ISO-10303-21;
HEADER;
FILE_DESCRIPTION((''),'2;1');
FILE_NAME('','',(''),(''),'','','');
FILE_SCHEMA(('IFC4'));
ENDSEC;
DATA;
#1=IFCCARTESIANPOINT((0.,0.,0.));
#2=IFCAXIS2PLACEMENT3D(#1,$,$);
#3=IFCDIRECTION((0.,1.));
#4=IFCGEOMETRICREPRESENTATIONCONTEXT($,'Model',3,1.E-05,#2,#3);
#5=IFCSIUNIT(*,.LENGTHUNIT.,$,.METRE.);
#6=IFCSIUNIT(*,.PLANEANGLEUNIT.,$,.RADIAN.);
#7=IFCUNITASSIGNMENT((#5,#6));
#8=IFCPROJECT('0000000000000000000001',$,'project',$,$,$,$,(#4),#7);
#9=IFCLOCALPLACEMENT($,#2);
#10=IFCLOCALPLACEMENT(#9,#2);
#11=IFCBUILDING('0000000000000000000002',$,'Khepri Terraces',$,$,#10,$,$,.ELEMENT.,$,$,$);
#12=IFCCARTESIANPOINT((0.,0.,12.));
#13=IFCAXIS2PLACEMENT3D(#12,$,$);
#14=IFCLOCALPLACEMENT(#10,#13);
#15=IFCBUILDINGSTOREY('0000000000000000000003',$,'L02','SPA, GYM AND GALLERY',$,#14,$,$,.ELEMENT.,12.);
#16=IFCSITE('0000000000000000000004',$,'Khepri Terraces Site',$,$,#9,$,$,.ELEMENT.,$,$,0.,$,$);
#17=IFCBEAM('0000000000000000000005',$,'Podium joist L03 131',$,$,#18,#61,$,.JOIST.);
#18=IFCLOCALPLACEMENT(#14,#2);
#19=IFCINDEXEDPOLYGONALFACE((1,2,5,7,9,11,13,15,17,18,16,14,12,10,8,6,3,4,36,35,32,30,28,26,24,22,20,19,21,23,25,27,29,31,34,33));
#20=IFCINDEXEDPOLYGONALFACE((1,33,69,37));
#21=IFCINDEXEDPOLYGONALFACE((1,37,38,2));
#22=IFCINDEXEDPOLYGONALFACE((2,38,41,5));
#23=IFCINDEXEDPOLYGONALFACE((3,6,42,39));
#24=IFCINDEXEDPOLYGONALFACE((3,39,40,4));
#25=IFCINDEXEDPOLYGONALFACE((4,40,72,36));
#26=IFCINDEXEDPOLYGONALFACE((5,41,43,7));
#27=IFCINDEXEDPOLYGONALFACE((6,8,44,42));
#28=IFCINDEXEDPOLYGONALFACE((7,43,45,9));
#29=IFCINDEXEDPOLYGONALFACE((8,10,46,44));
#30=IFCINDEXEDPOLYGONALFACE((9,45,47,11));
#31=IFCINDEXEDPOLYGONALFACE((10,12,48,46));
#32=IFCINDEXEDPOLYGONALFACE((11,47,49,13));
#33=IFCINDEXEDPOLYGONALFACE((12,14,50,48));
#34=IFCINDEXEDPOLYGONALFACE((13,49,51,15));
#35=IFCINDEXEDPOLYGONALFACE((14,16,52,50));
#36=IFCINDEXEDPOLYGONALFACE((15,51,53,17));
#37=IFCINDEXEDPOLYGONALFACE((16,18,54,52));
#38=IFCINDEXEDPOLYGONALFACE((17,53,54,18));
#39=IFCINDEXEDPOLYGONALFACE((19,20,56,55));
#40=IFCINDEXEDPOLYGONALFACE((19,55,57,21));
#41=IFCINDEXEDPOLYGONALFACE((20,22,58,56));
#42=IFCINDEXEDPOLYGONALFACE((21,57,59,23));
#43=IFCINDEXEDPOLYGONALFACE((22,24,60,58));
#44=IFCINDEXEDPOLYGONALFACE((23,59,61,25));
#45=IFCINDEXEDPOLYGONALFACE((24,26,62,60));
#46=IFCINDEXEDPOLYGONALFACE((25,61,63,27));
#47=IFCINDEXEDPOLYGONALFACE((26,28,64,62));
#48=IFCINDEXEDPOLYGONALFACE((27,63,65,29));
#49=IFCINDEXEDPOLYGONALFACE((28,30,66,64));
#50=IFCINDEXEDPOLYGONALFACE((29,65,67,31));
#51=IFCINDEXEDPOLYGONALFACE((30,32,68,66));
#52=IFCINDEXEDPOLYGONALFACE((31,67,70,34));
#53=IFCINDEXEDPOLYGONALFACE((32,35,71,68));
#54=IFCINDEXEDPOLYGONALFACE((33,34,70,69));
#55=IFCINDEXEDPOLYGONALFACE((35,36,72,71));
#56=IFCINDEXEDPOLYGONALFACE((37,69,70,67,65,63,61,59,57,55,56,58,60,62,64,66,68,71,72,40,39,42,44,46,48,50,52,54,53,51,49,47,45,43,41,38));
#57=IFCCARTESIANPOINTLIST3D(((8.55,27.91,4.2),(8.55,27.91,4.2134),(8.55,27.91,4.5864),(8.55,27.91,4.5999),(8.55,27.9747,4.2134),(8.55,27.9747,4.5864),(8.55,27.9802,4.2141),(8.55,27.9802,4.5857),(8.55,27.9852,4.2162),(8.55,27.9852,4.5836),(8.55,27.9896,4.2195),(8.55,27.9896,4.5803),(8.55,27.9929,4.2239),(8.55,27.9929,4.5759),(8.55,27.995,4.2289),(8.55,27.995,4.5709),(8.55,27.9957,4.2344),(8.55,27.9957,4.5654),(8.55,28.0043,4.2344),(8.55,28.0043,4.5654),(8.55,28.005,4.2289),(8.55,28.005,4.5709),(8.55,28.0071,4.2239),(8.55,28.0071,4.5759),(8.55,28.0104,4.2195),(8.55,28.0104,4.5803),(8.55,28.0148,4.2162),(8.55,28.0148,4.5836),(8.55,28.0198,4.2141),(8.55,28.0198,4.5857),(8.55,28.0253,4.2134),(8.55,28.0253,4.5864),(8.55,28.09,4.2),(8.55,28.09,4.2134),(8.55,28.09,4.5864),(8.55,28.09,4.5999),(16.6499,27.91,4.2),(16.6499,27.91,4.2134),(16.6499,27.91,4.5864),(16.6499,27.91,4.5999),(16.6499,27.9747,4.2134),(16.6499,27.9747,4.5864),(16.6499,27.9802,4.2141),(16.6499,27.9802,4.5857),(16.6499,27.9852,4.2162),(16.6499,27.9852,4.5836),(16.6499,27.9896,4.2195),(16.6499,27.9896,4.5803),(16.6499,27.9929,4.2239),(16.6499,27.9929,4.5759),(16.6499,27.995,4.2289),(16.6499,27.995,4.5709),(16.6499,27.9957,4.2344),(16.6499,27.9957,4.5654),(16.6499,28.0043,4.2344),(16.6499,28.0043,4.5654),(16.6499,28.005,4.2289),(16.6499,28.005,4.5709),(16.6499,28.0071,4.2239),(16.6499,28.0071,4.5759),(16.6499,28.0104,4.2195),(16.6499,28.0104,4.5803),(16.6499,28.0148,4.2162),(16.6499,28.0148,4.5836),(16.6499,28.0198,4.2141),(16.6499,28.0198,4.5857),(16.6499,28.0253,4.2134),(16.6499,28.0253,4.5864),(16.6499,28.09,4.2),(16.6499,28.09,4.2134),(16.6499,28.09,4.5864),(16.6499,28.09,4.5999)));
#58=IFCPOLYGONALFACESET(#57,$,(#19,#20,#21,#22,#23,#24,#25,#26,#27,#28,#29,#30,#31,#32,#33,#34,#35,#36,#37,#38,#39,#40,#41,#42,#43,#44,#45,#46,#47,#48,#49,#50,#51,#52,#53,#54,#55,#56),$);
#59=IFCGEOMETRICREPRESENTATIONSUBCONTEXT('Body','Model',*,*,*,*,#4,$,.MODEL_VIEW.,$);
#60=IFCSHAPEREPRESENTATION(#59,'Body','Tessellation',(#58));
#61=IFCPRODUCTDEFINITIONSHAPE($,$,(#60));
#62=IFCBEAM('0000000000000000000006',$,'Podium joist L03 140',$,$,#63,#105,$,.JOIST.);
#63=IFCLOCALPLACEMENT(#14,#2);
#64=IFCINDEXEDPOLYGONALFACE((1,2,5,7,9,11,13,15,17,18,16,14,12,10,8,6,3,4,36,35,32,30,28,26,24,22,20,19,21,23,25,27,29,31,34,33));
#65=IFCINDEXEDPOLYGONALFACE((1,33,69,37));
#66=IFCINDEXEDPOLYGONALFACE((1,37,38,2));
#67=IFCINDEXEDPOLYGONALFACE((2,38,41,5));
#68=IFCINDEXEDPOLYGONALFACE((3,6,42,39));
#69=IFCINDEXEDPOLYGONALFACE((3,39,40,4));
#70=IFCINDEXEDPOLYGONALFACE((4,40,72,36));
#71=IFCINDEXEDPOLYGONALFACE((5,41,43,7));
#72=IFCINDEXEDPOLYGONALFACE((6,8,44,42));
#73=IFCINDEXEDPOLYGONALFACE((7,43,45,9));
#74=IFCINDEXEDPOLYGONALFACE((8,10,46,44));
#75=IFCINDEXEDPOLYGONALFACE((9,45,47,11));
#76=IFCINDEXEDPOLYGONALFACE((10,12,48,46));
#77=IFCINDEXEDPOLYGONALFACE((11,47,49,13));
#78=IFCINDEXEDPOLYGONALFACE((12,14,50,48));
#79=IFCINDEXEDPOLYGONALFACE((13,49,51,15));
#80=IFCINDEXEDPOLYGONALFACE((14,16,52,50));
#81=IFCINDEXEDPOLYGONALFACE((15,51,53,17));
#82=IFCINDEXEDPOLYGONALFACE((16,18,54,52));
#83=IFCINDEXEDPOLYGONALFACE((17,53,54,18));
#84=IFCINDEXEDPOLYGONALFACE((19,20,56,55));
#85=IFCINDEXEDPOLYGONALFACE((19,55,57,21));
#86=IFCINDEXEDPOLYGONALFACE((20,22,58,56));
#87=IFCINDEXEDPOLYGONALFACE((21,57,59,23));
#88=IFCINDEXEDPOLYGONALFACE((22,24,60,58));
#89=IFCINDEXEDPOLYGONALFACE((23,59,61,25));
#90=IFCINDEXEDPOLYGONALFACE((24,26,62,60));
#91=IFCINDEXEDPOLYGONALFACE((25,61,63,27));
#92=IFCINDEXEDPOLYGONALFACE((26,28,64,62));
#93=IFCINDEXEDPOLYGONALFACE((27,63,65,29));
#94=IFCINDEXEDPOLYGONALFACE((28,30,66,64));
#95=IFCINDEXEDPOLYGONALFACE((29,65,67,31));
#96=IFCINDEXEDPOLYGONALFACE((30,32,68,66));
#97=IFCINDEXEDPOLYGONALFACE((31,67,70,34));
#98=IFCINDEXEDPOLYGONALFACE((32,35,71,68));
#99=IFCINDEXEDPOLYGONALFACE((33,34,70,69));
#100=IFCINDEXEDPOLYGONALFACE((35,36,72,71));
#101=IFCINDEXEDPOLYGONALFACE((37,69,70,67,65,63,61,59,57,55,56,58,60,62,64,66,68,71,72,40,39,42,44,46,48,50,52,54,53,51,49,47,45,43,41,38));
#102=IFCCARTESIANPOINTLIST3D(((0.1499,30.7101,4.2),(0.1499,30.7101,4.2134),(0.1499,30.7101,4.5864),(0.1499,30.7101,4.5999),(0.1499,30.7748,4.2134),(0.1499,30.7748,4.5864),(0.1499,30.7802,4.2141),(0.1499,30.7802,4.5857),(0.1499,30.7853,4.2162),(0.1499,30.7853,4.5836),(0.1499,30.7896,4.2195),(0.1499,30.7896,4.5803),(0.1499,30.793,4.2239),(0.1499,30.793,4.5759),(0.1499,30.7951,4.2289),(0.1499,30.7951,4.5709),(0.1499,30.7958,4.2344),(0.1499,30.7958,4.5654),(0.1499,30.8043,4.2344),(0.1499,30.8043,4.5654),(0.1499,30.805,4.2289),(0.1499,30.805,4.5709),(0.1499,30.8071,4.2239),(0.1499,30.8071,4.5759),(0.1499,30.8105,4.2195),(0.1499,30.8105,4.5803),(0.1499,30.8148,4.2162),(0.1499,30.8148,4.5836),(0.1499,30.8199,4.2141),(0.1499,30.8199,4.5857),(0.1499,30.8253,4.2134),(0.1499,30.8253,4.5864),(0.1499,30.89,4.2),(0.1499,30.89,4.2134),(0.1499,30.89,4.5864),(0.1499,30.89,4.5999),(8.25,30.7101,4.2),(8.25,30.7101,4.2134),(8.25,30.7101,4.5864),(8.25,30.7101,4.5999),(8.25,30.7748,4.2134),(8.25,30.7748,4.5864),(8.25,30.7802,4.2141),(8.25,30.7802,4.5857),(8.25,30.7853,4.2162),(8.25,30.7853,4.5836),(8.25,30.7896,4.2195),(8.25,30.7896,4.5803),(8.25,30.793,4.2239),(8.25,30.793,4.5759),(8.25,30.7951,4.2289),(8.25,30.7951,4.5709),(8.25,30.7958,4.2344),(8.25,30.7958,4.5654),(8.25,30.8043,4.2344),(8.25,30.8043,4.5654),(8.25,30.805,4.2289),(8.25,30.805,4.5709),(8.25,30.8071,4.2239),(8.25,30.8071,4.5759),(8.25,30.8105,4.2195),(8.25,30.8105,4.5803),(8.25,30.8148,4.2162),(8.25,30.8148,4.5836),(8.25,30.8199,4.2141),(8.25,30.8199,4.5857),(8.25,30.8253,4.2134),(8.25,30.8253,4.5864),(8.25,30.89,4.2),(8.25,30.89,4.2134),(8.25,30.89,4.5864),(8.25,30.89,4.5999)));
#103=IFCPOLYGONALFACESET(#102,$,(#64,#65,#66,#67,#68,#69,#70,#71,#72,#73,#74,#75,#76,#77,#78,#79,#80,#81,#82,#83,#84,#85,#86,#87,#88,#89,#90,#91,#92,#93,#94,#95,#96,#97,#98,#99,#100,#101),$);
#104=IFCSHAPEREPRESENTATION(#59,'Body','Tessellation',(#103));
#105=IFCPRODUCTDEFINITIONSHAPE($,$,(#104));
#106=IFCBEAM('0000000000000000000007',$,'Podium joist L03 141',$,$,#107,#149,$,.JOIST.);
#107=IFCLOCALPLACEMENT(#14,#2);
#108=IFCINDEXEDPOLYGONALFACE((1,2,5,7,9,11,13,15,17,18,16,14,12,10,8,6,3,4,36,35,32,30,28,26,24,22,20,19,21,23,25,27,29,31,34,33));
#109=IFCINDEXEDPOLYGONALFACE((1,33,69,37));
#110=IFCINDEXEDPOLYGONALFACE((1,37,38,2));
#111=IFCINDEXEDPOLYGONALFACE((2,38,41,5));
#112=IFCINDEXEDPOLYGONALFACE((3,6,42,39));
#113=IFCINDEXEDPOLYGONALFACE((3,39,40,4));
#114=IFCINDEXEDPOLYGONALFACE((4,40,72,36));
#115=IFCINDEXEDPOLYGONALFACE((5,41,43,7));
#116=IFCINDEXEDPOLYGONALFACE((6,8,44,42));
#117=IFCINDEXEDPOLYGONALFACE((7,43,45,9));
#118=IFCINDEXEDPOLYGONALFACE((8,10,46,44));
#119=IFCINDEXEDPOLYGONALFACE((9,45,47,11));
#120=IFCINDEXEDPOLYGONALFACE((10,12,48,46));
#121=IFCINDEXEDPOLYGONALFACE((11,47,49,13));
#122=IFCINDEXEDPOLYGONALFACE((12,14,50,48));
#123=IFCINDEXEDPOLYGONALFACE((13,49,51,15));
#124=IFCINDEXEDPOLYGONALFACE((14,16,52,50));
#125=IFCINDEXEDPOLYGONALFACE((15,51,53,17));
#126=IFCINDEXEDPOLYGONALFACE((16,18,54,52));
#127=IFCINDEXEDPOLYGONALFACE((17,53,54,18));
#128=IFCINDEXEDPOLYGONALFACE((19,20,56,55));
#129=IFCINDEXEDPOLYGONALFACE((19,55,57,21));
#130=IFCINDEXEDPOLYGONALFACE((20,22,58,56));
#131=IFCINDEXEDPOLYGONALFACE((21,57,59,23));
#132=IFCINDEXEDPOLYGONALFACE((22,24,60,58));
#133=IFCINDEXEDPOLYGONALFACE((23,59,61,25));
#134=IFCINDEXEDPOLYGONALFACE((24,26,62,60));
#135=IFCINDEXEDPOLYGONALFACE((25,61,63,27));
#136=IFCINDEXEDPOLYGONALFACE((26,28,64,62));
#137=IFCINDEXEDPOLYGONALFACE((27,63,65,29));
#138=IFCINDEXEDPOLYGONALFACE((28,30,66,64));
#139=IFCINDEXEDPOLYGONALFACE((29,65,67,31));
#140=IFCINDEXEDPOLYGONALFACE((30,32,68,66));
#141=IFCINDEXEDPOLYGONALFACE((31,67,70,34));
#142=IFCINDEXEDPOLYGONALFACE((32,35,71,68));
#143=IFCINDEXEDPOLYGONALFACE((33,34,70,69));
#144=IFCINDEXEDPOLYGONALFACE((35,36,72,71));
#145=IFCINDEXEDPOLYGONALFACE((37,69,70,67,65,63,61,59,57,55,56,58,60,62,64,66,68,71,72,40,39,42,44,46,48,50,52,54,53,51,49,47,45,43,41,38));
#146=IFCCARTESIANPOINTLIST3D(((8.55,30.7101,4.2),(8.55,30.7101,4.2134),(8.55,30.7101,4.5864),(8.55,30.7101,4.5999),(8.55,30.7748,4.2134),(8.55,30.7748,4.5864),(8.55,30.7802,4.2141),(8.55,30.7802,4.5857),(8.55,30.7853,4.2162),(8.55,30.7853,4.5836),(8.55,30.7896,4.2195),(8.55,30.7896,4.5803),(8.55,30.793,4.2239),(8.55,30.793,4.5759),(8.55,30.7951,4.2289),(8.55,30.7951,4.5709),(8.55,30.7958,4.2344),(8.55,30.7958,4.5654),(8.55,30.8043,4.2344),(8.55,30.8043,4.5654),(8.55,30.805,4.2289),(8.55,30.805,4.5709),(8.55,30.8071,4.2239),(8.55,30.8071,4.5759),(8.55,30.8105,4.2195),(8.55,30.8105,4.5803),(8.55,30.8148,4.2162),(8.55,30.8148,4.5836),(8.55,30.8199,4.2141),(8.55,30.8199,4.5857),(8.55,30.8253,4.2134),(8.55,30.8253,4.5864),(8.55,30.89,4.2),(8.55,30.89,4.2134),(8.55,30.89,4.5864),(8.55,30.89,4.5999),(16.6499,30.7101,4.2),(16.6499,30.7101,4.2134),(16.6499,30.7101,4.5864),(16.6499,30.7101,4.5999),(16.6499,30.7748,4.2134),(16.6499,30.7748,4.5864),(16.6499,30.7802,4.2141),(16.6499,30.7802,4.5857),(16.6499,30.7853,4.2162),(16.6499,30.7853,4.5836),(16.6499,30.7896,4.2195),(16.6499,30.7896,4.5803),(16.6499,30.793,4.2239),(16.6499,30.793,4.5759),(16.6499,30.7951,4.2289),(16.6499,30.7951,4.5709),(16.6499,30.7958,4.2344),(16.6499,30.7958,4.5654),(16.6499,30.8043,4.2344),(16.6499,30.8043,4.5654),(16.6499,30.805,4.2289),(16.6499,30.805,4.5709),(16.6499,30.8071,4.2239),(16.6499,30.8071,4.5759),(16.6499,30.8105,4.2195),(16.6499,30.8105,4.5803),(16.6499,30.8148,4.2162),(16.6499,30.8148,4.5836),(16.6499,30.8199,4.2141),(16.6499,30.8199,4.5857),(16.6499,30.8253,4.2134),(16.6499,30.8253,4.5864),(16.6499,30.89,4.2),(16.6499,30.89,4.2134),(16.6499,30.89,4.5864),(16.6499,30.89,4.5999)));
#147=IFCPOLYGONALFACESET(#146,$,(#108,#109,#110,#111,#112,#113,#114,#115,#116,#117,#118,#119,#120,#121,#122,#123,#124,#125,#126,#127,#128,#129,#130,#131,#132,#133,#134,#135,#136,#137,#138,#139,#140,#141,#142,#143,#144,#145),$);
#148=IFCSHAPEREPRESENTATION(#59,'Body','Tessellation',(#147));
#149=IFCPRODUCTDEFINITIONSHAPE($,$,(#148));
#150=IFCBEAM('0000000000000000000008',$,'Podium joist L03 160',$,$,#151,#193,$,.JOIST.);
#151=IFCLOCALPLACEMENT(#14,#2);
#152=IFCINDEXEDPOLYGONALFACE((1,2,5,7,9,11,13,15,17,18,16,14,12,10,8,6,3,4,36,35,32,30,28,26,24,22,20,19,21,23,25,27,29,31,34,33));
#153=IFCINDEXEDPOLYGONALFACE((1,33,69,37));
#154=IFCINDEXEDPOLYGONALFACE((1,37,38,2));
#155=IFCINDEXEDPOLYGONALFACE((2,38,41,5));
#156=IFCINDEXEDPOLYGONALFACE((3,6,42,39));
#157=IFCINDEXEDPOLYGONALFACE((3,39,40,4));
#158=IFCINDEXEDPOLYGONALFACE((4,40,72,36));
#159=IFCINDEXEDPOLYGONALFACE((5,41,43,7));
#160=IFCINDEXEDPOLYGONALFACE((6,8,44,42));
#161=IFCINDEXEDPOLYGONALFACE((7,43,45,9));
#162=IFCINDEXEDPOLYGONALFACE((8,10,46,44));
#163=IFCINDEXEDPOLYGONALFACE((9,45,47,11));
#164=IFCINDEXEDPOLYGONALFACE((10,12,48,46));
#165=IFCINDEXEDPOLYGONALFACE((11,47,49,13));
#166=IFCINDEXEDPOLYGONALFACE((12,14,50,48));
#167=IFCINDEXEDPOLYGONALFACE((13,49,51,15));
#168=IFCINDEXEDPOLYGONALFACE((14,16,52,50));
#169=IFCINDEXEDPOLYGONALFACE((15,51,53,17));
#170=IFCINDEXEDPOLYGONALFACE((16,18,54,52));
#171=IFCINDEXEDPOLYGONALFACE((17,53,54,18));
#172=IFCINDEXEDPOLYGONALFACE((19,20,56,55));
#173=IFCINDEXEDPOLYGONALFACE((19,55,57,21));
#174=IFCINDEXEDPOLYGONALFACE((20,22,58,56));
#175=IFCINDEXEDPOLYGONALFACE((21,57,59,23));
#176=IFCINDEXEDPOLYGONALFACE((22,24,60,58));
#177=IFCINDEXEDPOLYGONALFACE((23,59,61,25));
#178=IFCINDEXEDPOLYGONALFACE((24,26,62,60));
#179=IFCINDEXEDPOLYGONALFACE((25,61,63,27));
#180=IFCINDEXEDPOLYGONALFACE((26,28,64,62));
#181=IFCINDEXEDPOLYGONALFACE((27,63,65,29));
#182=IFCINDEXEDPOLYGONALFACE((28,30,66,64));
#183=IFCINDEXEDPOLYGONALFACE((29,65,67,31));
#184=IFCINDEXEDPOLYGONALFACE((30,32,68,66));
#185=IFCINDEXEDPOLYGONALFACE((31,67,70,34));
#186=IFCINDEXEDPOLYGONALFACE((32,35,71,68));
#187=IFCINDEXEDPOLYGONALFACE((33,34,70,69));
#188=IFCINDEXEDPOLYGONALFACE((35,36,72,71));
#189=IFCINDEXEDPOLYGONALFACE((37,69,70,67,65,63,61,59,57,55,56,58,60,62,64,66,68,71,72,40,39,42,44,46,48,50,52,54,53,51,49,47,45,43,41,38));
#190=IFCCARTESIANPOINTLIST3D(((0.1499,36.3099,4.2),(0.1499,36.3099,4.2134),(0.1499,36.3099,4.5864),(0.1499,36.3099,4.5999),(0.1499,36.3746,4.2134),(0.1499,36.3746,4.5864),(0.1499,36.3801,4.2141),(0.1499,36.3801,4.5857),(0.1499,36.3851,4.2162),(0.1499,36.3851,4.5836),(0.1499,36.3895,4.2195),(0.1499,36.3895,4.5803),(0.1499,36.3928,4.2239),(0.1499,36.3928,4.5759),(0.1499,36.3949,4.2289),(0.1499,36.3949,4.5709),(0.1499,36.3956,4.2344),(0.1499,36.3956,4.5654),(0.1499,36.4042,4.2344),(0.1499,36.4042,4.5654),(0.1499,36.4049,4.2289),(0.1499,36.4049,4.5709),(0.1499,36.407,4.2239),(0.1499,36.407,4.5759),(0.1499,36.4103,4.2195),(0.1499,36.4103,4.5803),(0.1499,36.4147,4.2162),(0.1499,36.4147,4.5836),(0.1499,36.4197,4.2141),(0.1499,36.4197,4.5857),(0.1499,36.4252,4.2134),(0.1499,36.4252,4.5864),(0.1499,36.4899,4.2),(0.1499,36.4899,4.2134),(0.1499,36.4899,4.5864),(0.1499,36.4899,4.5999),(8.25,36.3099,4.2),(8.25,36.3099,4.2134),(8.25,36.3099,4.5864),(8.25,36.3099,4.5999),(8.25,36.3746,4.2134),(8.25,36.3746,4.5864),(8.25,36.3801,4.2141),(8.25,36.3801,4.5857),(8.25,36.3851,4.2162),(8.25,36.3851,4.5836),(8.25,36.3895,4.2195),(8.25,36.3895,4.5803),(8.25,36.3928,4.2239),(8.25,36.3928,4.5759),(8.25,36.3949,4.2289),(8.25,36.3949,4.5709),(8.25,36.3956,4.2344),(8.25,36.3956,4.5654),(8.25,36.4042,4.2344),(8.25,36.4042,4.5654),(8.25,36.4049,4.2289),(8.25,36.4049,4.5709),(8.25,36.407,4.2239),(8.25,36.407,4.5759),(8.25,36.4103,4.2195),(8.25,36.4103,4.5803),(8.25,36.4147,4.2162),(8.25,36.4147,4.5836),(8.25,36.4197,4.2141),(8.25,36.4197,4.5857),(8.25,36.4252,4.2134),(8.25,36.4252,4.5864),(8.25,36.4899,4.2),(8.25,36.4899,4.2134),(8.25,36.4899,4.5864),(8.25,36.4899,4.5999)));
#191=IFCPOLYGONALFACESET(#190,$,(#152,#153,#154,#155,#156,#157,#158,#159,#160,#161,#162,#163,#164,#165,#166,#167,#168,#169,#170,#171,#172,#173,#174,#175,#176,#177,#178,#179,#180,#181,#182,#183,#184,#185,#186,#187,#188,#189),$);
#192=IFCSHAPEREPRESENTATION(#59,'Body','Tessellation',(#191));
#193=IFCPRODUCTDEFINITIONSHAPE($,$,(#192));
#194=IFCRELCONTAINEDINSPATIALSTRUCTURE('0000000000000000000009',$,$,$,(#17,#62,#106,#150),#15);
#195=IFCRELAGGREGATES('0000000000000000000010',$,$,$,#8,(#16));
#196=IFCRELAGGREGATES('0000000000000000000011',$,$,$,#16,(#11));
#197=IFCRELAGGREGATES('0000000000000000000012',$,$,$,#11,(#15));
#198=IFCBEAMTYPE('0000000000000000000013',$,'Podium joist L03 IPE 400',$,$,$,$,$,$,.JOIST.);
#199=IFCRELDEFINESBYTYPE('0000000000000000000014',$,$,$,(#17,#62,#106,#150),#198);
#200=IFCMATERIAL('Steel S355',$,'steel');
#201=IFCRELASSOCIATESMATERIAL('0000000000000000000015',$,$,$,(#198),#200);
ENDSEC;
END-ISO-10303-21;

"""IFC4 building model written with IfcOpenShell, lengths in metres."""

from ifc_helpers import new_model, si_unit, direction, frame, origin, origin_2d, place, context, subcontext, project, spatial, i_section, extrude, material, material_profile, profile_set, type_object, element, save


model = new_model("IFC4")

# Units and contexts
model_context = context("Model", 3, precision=1e-05, world=origin(), true_north=direction((0.0, 1.0)))
body_context = subcontext(model_context, "Body", "Model", "MODEL_VIEW")
ifc_project = project(units=[si_unit("LENGTHUNIT", "METRE"), si_unit("PLANEANGLEUNIT", "RADIAN")], contexts=[model_context])

# Site, building, storey
site_placement = place(None, origin())
site = spatial("IfcSite", under=ifc_project, at=site_placement, Name="Khepri Terraces Site", CompositionType="ELEMENT", RefElevation=0.0)
building_placement = place(site_placement, origin())
building = spatial("IfcBuilding", under=site, at=building_placement, Name="Khepri Terraces", CompositionType="ELEMENT")
storey_placement = place(building_placement, frame((0.0, 0.0, 12.0)))
storey = spatial("IfcBuildingStorey", under=building, at=storey_placement, Name="L02", Description="SPA, GYM AND GALLERY", CompositionType="ELEMENT", Elevation=12.0)

# Beams
ifc_material_1 = material(Name="Steel S355", Category="steel")
ifc_material_profile_1 = material_profile(ifc_material_1, i_section(OverallWidth=0.1799, OverallDepth=0.3999, WebThickness=0.0085, FlangeThickness=0.0134, FilletRadius=0.021, at=origin_2d()), Name="Steel S355", Category="steel")
ifc_profile_set_1 = profile_set([ifc_material_profile_1], Name="Steel S355")
beam_type_1 = type_object("IfcBeamType", Name="Podium joist L03 IPE 400", PredefinedType="JOIST", material=ifc_profile_set_1)
beam_1_placement = place(storey_placement, frame((8.55, 28.0, 4.3999), z_axis=(1.0, 0.0, 0.0), x_axis=(0.0, 1.0, 0.0)))
element("IfcBeam", 1, at=beam_1_placement, inside=storey, type_object=beam_type_1, Name="Podium joist L03 131", PredefinedType="JOIST", context=body_context, shape_type="SweptSolid", body=[
    extrude(i_section(OverallWidth=0.1799, OverallDepth=0.3999, WebThickness=0.0085, FlangeThickness=0.0134, FilletRadius=0.021, at=origin_2d()), origin(), (0.0, 0.0, 1.0), 8.0999),
])
beam_2_placement = place(storey_placement, frame((0.1499, 30.8, 4.3999), z_axis=(1.0, 0.0, 0.0), x_axis=(0.0, 1.0, 0.0)))
element("IfcBeam", 2, at=beam_2_placement, inside=storey, type_object=beam_type_1, Name="Podium joist L03 140", PredefinedType="JOIST", context=body_context, shape_type="SweptSolid", body=[
    extrude(i_section(OverallWidth=0.1799, OverallDepth=0.3999, WebThickness=0.0085, FlangeThickness=0.0134, FilletRadius=0.021, at=origin_2d()), origin(), (0.0, 0.0, 1.0), 8.1001),
])
beam_3_placement = place(storey_placement, frame((8.55, 30.8, 4.3999), z_axis=(1.0, 0.0, 0.0), x_axis=(0.0, 1.0, 0.0)))
element("IfcBeam", 3, at=beam_3_placement, inside=storey, type_object=beam_type_1, Name="Podium joist L03 141", PredefinedType="JOIST", context=body_context, shape_type="SweptSolid", body=[
    extrude(i_section(OverallWidth=0.1799, OverallDepth=0.3999, WebThickness=0.0085, FlangeThickness=0.0134, FilletRadius=0.021, at=origin_2d()), origin(), (0.0, 0.0, 1.0), 8.0999),
])
beam_4_placement = place(storey_placement, frame((0.1499, 36.3999, 4.3999), z_axis=(1.0, 0.0, 0.0), x_axis=(0.0, 1.0, 0.0)))
element("IfcBeam", 4, at=beam_4_placement, inside=storey, type_object=beam_type_1, Name="Podium joist L03 160", PredefinedType="JOIST", context=body_context, shape_type="SweptSolid", body=[
    extrude(i_section(OverallWidth=0.1799, OverallDepth=0.3999, WebThickness=0.0085, FlangeThickness=0.0134, FilletRadius=0.021, at=origin_2d()), origin(), (0.0, 0.0, 1.0), 8.1001),
])

save(model, "model.ifc")
